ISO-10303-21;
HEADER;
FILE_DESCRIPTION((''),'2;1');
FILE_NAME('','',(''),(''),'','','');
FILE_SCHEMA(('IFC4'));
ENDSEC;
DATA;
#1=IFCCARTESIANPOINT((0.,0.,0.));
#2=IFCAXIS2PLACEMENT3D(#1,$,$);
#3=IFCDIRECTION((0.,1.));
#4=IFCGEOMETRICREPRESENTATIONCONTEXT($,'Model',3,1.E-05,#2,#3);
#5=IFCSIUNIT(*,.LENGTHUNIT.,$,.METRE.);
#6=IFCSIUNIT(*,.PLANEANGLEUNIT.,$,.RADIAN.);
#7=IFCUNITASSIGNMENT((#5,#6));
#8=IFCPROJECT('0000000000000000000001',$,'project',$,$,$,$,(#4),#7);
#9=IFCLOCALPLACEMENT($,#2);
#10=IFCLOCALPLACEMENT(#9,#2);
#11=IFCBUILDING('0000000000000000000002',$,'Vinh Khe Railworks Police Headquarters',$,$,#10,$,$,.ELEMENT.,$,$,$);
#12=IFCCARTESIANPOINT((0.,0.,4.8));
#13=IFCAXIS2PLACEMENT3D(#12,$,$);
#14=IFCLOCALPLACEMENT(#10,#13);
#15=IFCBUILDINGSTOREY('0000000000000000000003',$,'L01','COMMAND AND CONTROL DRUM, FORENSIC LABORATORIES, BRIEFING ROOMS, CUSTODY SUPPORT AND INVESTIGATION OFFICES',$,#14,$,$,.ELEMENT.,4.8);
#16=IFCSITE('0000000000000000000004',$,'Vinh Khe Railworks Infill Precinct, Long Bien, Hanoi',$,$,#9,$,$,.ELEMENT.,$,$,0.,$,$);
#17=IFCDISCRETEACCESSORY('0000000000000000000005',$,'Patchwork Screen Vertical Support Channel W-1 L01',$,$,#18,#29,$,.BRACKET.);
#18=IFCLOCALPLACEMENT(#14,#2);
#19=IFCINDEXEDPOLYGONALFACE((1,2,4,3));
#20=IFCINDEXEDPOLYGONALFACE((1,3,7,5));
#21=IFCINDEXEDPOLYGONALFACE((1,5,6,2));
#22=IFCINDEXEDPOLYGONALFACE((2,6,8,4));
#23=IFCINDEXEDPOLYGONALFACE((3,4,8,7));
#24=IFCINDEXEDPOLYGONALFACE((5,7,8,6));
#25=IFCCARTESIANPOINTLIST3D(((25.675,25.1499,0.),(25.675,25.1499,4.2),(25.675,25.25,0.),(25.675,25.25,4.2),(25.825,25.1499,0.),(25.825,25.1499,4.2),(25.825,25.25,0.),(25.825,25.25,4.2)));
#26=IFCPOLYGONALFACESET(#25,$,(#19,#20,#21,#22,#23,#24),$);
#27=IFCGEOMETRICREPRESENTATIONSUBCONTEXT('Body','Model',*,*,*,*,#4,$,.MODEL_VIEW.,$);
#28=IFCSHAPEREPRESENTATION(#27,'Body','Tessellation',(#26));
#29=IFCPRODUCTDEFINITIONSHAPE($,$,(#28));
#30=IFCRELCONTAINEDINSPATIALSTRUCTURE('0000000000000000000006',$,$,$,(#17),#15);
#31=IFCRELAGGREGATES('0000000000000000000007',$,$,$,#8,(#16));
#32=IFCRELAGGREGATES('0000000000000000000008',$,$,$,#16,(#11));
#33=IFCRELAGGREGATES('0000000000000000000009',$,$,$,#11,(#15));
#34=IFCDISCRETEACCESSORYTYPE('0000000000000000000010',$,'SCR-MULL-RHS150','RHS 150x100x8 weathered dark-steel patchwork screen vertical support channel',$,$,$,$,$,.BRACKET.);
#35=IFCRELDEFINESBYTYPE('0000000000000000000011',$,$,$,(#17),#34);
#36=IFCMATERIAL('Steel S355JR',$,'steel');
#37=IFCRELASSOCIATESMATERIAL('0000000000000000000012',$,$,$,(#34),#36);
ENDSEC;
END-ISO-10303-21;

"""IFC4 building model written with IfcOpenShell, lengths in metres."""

from ifc_helpers import new_model, si_unit, direction, frame, origin, origin_2d, place, context, subcontext, project, spatial, rectangle, extrude, material, type_object, element, save


model = new_model("IFC4")

# Units and contexts
model_context = context("Model", 3, precision=1e-05, world=origin(), true_north=direction((0.0, 1.0)))
body_context = subcontext(model_context, "Body", "Model", "MODEL_VIEW")
ifc_project = project(units=[si_unit("LENGTHUNIT", "METRE"), si_unit("PLANEANGLEUNIT", "RADIAN")], contexts=[model_context])

# Site, building, storey
site_placement = place(None, origin())
site = spatial("IfcSite", under=ifc_project, at=site_placement, Name="Vinh Khe Railworks Infill Precinct, Long Bien, Hanoi", CompositionType="ELEMENT", RefElevation=0.0)
building_placement = place(site_placement, origin())
building = spatial("IfcBuilding", under=site, at=building_placement, Name="Vinh Khe Railworks Police Headquarters", CompositionType="ELEMENT")
storey_placement = place(building_placement, frame((0.0, 0.0, 4.8)))
storey = spatial("IfcBuildingStorey", under=building, at=storey_placement, Name="L01", Description="COMMAND AND CONTROL DRUM, FORENSIC LABORATORIES, BRIEFING ROOMS, CUSTODY SUPPORT AND INVESTIGATION OFFICES", CompositionType="ELEMENT", Elevation=4.8)

# Shared definitions
ifc_material_1 = material(Name="Steel S355JR", Category="steel")

# Discrete accessory
discrete_accessory_type_1 = type_object("IfcDiscreteAccessoryType", Name="SCR-MULL-RHS150", Description="RHS 150x100x8 weathered dark-steel patchwork screen vertical support channel", PredefinedType="BRACKET", material=ifc_material_1)
discrete_accessory_1_placement = place(storey_placement, frame((25.75, 25.2, 0.0), z_axis=(0.0, 0.0, 1.0), x_axis=(1.0, 0.0, 0.0)))
element("IfcDiscreteAccessory", 1, at=discrete_accessory_1_placement, inside=storey, type_object=discrete_accessory_type_1, Name="Patchwork Screen Vertical Support Channel W-1 L01", PredefinedType="BRACKET", context=body_context, shape_type="SweptSolid", body=[
    extrude(rectangle(XDim=0.1499, YDim=0.1001, at=origin_2d()), origin(), (0.0, 0.0, 1.0), 4.2),
])

save(model, "model.ifc")
